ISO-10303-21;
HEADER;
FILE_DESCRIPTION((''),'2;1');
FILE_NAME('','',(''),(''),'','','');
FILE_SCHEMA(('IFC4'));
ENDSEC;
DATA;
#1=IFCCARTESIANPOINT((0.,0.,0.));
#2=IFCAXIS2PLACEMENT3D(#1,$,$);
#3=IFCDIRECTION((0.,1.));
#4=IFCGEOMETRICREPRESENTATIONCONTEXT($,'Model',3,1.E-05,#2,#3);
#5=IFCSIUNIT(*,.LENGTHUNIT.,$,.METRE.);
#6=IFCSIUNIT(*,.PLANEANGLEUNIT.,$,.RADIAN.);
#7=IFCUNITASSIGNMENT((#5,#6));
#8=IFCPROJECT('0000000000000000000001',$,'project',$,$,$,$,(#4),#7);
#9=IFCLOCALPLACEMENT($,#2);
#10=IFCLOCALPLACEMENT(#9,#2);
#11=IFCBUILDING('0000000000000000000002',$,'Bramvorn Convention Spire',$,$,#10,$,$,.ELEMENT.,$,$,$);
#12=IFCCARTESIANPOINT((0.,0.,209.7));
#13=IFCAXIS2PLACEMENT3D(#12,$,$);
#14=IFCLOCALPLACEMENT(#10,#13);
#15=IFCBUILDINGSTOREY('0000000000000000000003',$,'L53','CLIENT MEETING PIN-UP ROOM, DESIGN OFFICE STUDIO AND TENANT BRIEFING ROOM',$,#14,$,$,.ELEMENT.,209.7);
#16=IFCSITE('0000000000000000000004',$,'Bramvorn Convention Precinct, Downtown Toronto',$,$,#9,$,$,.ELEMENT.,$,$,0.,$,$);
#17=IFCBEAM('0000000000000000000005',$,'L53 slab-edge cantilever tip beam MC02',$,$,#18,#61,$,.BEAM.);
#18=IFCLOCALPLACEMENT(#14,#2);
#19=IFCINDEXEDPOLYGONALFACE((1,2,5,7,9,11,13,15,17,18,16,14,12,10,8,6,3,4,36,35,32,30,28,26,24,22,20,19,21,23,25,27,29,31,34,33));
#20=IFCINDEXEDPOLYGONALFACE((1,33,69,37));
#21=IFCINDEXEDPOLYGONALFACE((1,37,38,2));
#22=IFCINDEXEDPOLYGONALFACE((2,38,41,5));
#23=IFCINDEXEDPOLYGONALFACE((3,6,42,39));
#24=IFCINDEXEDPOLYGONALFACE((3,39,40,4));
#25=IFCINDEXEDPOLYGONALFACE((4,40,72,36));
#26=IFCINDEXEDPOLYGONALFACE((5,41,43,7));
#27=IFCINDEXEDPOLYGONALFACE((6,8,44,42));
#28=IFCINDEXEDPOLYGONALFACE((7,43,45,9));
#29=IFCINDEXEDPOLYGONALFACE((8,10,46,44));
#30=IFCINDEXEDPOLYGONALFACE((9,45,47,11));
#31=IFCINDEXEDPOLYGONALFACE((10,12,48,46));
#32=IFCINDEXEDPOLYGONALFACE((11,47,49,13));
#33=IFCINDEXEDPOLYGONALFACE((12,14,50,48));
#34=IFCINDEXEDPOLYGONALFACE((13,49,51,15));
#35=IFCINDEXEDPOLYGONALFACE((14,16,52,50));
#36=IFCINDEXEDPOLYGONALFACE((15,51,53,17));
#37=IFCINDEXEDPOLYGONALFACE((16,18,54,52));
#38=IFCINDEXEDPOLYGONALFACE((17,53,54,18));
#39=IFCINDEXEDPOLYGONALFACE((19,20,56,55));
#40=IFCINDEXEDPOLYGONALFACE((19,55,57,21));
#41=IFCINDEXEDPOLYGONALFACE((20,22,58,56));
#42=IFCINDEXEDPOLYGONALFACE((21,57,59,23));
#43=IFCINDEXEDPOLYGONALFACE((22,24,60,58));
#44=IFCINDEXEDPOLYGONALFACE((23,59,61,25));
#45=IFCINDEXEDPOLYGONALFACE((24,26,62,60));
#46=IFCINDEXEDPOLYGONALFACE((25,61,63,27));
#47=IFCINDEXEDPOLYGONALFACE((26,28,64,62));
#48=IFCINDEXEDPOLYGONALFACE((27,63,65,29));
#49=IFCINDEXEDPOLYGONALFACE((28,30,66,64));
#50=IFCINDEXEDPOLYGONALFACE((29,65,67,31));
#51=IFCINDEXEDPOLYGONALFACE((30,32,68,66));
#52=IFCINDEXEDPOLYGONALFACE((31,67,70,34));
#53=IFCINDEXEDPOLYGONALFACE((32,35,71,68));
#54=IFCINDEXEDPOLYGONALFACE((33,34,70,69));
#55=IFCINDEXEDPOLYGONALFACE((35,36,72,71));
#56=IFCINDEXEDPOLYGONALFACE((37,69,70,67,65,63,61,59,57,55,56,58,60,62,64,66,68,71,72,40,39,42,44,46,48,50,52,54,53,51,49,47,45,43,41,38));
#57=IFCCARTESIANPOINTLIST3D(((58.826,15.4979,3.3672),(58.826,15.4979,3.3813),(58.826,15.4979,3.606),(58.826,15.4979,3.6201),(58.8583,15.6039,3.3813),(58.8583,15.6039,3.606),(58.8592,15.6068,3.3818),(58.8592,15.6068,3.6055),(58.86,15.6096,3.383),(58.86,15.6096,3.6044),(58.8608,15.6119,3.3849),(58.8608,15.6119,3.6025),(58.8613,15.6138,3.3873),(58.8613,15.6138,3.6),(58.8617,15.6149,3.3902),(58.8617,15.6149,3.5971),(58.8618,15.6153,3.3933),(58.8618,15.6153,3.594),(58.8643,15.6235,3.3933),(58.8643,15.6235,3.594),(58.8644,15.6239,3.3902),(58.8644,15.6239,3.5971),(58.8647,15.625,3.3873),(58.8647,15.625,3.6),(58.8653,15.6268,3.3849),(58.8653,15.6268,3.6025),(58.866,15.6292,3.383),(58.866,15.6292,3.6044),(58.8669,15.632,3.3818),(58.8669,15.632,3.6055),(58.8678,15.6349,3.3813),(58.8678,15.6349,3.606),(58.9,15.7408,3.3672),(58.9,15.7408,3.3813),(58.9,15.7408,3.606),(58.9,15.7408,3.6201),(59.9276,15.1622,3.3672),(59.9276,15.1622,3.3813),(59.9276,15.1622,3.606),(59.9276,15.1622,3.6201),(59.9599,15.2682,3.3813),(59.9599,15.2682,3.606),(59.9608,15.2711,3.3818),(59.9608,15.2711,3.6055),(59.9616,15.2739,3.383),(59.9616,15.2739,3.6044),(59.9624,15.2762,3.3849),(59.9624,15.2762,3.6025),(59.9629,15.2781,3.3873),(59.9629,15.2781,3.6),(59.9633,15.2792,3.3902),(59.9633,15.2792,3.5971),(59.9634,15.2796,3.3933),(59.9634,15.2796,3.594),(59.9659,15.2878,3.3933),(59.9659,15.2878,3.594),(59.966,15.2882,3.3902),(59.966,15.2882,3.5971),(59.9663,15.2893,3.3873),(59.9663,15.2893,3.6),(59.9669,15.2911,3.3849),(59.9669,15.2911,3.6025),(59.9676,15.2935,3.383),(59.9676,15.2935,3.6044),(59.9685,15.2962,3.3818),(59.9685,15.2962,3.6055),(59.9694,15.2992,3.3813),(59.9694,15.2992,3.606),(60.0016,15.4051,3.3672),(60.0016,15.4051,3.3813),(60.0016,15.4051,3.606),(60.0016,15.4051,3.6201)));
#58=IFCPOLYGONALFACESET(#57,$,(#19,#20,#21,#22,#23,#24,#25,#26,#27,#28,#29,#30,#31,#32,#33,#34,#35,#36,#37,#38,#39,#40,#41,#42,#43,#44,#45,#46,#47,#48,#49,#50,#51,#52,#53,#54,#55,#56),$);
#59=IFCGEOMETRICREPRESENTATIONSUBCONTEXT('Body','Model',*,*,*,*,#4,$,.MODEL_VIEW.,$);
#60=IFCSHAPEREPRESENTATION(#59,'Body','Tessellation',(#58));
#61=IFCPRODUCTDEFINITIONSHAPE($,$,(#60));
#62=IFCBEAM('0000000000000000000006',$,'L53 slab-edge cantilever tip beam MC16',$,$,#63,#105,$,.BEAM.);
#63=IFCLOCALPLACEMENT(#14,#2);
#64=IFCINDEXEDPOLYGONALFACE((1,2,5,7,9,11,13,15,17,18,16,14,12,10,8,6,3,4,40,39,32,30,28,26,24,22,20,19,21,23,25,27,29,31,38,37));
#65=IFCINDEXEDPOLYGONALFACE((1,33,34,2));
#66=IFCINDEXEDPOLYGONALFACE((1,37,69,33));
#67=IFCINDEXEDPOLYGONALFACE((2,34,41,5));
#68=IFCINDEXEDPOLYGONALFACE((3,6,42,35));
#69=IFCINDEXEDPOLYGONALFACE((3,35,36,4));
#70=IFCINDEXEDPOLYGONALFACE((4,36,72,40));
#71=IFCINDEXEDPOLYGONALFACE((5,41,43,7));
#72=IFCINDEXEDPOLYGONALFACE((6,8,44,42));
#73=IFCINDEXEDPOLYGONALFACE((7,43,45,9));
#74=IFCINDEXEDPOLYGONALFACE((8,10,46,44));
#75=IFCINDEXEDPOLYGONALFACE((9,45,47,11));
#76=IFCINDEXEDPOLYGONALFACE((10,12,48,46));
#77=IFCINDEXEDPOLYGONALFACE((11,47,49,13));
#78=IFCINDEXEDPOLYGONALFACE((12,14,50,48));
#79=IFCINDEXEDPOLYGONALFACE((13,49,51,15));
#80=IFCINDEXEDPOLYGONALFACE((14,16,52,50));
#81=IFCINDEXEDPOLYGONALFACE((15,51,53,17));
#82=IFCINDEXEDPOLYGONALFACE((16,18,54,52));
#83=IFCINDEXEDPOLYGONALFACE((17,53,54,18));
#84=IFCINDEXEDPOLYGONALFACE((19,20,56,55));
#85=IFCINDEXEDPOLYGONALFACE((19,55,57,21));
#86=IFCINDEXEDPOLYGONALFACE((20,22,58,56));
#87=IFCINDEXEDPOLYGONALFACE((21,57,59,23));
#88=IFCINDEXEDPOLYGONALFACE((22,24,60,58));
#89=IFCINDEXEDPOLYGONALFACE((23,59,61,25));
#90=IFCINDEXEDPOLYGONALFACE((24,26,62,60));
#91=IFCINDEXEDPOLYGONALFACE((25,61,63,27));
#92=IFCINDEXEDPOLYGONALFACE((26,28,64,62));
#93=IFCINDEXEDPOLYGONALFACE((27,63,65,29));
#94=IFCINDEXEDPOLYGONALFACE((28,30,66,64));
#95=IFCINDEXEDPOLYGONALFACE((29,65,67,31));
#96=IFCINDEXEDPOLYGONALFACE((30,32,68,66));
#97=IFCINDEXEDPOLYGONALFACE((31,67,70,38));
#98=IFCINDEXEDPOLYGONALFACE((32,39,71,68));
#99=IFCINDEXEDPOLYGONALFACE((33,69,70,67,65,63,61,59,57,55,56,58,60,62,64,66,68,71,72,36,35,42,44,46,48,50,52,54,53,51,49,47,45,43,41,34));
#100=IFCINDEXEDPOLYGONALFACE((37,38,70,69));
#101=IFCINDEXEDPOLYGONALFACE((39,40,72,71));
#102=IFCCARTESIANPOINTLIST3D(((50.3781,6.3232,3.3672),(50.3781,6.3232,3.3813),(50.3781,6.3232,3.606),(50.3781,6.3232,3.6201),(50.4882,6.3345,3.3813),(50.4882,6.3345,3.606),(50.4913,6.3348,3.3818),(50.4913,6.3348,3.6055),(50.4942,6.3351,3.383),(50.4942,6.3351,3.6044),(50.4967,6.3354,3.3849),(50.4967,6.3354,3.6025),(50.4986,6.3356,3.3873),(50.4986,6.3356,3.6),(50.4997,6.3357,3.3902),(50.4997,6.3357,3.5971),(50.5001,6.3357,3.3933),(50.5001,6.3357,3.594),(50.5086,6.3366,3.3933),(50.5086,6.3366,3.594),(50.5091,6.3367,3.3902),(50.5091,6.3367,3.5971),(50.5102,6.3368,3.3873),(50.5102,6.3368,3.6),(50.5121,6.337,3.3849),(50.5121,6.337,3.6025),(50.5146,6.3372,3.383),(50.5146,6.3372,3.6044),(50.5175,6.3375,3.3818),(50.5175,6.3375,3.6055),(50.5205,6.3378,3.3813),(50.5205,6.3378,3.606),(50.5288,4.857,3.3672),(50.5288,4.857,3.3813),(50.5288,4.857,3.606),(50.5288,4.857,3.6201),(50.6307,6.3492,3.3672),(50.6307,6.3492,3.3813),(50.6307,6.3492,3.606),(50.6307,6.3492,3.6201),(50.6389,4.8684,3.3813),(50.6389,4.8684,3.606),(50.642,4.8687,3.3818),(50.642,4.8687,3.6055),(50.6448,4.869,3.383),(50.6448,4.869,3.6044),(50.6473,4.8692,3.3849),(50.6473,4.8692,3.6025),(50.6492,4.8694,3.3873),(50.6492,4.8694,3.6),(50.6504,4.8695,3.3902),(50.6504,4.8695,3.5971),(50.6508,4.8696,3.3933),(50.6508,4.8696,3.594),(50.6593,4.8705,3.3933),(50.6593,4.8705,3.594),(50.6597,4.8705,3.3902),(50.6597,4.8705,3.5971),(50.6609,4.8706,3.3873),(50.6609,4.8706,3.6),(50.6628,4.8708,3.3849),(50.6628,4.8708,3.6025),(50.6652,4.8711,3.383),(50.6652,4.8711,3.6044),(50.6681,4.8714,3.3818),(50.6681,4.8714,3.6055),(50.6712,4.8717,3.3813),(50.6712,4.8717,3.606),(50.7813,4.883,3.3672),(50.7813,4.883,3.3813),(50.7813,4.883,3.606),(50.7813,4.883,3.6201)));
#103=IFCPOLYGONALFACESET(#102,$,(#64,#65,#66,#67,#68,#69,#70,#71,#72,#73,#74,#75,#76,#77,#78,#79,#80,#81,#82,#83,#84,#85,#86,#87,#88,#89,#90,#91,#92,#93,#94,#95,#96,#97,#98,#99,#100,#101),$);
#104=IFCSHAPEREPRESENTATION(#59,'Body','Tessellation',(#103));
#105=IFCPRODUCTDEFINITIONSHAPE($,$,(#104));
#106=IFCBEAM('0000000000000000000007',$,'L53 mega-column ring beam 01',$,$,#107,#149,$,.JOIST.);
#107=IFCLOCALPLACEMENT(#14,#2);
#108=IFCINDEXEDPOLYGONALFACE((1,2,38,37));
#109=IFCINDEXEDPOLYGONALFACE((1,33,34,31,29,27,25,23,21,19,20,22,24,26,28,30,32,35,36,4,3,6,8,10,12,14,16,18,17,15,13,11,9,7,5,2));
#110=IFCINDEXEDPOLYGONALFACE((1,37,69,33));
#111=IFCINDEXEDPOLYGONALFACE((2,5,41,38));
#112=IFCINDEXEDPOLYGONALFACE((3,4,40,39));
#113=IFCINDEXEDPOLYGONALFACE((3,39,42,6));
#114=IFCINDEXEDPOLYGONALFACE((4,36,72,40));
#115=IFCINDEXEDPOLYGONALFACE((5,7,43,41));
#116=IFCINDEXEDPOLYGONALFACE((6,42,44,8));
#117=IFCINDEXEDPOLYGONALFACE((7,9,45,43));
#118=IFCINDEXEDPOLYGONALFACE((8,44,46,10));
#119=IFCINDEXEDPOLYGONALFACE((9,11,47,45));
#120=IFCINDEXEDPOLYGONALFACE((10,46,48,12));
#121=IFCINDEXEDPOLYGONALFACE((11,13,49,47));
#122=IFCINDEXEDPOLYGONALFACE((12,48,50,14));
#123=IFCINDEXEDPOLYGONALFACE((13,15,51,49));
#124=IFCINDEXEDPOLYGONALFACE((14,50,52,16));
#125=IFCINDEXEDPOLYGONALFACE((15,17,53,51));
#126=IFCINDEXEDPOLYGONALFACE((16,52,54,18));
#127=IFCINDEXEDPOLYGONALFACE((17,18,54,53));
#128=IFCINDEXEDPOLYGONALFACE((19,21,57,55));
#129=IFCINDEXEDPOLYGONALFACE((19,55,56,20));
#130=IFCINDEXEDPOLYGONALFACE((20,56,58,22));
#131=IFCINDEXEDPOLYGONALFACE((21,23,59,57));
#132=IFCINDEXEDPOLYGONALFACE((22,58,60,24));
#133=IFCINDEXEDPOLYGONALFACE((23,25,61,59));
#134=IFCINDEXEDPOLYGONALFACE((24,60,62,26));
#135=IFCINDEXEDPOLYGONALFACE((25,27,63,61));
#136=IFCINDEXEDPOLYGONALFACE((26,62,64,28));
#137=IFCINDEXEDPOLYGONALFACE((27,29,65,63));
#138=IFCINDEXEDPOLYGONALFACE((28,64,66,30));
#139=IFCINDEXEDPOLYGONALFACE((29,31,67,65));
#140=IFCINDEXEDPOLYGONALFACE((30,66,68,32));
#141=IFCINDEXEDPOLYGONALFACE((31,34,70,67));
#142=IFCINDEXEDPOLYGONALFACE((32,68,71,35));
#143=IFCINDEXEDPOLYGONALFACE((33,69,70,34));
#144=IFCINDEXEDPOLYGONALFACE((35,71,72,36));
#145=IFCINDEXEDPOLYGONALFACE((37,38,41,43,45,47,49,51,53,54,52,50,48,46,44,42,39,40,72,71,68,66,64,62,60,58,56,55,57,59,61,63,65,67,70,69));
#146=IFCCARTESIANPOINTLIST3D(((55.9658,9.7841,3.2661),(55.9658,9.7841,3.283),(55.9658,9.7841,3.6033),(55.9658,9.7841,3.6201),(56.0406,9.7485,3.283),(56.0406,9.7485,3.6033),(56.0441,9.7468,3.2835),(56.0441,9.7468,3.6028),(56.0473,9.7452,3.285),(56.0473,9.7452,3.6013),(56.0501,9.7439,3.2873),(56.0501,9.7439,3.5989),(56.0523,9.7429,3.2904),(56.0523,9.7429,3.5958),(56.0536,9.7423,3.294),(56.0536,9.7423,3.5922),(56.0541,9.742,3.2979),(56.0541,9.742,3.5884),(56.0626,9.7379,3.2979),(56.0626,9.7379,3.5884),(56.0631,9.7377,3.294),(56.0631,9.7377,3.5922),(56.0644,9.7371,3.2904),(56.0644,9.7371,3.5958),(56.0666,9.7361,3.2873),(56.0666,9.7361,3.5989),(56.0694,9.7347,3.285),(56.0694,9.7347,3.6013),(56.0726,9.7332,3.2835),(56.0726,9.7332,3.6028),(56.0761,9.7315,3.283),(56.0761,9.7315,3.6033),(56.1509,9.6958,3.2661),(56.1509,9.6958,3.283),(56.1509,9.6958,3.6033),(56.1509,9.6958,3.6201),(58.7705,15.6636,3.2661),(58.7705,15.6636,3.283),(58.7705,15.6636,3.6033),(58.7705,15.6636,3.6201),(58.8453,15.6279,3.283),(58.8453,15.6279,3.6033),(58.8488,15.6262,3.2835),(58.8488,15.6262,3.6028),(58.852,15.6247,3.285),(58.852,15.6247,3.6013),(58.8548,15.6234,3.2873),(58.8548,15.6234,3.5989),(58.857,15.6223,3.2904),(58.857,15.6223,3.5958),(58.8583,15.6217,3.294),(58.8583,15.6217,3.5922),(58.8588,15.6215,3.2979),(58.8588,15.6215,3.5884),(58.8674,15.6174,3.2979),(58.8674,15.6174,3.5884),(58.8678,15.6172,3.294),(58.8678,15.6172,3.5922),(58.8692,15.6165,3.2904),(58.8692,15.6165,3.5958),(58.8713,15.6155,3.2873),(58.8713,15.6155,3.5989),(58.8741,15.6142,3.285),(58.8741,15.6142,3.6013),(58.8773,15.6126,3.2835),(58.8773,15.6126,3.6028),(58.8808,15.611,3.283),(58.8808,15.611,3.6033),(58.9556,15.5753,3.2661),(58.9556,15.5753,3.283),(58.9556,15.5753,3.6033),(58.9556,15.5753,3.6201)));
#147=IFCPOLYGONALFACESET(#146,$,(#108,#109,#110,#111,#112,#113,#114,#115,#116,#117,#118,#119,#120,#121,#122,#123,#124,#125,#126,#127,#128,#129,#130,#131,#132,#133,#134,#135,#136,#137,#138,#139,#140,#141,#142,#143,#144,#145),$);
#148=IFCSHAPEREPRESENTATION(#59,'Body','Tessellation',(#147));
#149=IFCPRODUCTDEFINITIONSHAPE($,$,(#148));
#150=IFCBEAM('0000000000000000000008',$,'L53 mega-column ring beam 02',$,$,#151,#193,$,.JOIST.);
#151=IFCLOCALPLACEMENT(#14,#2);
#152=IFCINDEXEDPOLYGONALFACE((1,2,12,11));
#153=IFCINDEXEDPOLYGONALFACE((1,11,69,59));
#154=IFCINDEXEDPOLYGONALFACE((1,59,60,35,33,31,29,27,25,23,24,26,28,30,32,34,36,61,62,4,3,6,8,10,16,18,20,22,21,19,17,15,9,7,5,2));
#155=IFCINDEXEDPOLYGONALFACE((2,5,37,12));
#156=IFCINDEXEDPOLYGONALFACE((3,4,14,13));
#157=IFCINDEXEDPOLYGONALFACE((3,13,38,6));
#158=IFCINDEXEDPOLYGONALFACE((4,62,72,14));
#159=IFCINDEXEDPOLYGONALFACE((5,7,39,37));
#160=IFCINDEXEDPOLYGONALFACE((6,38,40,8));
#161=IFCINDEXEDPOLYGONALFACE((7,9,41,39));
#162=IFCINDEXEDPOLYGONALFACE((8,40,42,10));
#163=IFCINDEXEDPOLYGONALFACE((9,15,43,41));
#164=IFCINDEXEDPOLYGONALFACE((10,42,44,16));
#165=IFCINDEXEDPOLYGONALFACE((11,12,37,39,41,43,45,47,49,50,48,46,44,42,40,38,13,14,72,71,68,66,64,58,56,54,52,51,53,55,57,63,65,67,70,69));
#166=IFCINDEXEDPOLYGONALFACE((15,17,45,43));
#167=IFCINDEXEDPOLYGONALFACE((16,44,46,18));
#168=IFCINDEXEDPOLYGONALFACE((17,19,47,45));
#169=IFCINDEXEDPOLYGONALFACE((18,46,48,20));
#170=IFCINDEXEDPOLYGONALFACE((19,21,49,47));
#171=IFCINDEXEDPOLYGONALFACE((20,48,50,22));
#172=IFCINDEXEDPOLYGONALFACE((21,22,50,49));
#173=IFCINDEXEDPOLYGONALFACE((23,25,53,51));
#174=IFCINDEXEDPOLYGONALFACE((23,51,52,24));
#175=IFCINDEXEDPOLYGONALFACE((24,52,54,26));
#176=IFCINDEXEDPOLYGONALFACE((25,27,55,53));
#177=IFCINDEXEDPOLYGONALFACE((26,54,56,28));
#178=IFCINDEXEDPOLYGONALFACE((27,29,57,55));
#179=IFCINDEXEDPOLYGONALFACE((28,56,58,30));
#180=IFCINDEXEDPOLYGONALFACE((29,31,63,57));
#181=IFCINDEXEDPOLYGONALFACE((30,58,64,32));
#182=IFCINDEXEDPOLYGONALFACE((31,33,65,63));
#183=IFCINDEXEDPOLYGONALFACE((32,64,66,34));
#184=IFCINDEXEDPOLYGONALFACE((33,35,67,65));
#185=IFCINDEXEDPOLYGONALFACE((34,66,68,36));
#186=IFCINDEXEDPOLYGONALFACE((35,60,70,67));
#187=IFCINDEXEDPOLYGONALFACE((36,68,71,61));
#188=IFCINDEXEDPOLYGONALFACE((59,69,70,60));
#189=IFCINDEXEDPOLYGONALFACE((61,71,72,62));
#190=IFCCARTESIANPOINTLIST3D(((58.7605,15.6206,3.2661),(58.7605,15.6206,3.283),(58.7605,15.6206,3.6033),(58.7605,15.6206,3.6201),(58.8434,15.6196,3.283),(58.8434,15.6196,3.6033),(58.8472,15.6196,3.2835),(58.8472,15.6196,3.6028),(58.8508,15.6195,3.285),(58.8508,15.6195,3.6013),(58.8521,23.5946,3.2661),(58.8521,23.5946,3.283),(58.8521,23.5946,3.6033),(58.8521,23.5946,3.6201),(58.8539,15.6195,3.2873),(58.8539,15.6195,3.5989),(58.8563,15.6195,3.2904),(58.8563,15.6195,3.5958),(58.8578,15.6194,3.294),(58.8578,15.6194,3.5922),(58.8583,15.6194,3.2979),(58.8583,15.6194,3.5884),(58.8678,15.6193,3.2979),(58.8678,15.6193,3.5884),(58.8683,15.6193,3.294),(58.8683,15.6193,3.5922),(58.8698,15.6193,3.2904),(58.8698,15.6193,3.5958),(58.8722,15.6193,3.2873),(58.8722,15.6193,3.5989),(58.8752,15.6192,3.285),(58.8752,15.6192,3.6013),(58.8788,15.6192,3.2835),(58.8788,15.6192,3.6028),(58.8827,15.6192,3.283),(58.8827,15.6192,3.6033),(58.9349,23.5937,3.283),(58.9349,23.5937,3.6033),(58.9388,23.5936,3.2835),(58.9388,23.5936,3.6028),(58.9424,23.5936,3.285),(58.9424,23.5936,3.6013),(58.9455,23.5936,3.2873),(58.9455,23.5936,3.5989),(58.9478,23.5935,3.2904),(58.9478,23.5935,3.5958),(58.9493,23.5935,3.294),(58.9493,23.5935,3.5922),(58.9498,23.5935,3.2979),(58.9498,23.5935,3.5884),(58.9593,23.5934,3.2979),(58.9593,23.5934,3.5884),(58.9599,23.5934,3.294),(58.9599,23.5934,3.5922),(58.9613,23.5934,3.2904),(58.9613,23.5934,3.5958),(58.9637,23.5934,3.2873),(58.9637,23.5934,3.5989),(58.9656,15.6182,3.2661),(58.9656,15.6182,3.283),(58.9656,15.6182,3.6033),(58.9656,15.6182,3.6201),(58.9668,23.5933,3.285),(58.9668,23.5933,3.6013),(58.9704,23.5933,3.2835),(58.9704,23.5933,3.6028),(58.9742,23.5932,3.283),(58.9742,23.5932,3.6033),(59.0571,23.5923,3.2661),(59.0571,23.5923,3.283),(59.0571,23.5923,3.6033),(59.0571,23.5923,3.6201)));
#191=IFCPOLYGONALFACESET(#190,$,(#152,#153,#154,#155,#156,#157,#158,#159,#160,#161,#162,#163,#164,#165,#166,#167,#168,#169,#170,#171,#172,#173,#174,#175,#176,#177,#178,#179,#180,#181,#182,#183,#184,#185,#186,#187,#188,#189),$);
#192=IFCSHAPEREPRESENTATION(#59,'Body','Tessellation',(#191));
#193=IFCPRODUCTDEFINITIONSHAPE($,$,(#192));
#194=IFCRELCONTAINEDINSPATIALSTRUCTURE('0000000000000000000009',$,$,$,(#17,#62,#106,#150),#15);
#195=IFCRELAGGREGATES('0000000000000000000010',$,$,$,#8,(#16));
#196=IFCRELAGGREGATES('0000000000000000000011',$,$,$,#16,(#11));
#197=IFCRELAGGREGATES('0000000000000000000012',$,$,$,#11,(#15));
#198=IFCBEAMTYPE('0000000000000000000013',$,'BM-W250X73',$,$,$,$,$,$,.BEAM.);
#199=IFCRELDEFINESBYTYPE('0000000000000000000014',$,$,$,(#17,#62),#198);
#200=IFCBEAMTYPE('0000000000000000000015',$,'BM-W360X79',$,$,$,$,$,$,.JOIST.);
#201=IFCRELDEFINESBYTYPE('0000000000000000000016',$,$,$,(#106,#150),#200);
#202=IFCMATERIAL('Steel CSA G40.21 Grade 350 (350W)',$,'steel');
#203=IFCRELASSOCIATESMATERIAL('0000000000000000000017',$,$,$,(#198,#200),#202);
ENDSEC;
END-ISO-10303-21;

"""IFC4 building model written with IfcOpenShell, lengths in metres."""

from ifc_helpers import new_model, si_unit, direction, frame, origin, origin_2d, place, context, subcontext, project, spatial, i_section, extrude, material, material_profile, profile_set, type_object, element, save


model = new_model("IFC4")

# Units and contexts
model_context = context("Model", 3, precision=1e-05, world=origin(), true_north=direction((0.0, 1.0)))
body_context = subcontext(model_context, "Body", "Model", "MODEL_VIEW")
ifc_project = project(units=[si_unit("LENGTHUNIT", "METRE"), si_unit("PLANEANGLEUNIT", "RADIAN")], contexts=[model_context])

# Site, building, storey
site_placement = place(None, origin())
site = spatial("IfcSite", under=ifc_project, at=site_placement, Name="Bramvorn Convention Precinct, Downtown Toronto", CompositionType="ELEMENT", RefElevation=0.0)
building_placement = place(site_placement, origin())
building = spatial("IfcBuilding", under=site, at=building_placement, Name="Bramvorn Convention Spire", CompositionType="ELEMENT")
storey_placement = place(building_placement, frame((0.0, 0.0, 209.7)))
storey = spatial("IfcBuildingStorey", under=building, at=storey_placement, Name="L53", Description="CLIENT MEETING PIN-UP ROOM, DESIGN OFFICE STUDIO AND TENANT BRIEFING ROOM", CompositionType="ELEMENT", Elevation=209.7)

# Shared definitions
ifc_material_1 = material(Name="Steel CSA G40.21 Grade 350 (350W)", Category="steel")

# Beams
ifc_material_profile_1 = material_profile(ifc_material_1, i_section(OverallWidth=0.2539, OverallDepth=0.2529, WebThickness=0.0085, FlangeThickness=0.0142, FilletRadius=0.012, at=origin_2d()))
ifc_profile_set_1 = profile_set([ifc_material_profile_1], Name="Steel CSA G40.21 Grade 350 (350W) - W250X73")
beam_type_1 = type_object("IfcBeamType", Name="BM-W250X73", PredefinedType="BEAM", material=ifc_profile_set_1)
beam_1_placement = place(storey_placement, frame((58.863, 15.6194, 3.4937), z_axis=(0.956569, -0.291507, 0.0), x_axis=(0.291507, 0.956569, 0.0)))
element("IfcBeam", 1, at=beam_1_placement, inside=storey, type_object=beam_type_1, Name="L53 slab-edge cantilever tip beam MC02", PredefinedType="BEAM", context=body_context, shape_type="SweptSolid", body=[
    extrude(i_section(OverallWidth=0.2539, OverallDepth=0.2529, WebThickness=0.0085, FlangeThickness=0.0142, FilletRadius=0.012, at=origin_2d()), origin(), (0.0, 0.0, 1.0), 1.1516),
])
beam_2_placement = place(storey_placement, frame((50.5044, 6.3362, 3.4937), z_axis=(0.10221, -0.994763, 0.0), x_axis=(0.994763, 0.10221, 0.0)))
element("IfcBeam", 2, at=beam_2_placement, inside=storey, type_object=beam_type_1, Name="L53 slab-edge cantilever tip beam MC16", PredefinedType="BEAM", context=body_context, shape_type="SweptSolid", body=[
    extrude(i_section(OverallWidth=0.2539, OverallDepth=0.2529, WebThickness=0.0085, FlangeThickness=0.0142, FilletRadius=0.012, at=origin_2d()), origin(), (0.0, 0.0, 1.0), 1.4739),
])
ifc_material_profile_2 = material_profile(ifc_material_1, i_section(OverallWidth=0.2051, OverallDepth=0.354, WebThickness=0.0095, FlangeThickness=0.0168, FilletRadius=0.0149, at=origin_2d()))
ifc_profile_set_2 = profile_set([ifc_material_profile_2], Name="Steel CSA G40.21 Grade 350 (350W) - W360X79")
beam_type_2 = type_object("IfcBeamType", Name="BM-W360X79", PredefinedType="JOIST", material=ifc_profile_set_2)
beam_3_placement = place(storey_placement, frame((56.0583, 9.74, 3.4431), z_axis=(0.430556, 0.902564, 0.0), x_axis=(-0.902564, 0.430556, 0.0)))
element("IfcBeam", 3, at=beam_3_placement, inside=storey, type_object=beam_type_2, Name="L53 mega-column ring beam 01", PredefinedType="JOIST", context=body_context, shape_type="SweptSolid", body=[
    extrude(i_section(OverallWidth=0.2051, OverallDepth=0.354, WebThickness=0.0095, FlangeThickness=0.0168, FilletRadius=0.0149, at=origin_2d()), origin(), (0.0, 0.0, 1.0), 6.5142),
])
beam_4_placement = place(storey_placement, frame((58.863, 15.6194, 3.4431), z_axis=(0.01148, 0.999934, 0.0), x_axis=(-0.999934, 0.01148, 0.0)))
element("IfcBeam", 4, at=beam_4_placement, inside=storey, type_object=beam_type_2, Name="L53 mega-column ring beam 02", PredefinedType="JOIST", context=body_context, shape_type="SweptSolid", body=[
    extrude(i_section(OverallWidth=0.2051, OverallDepth=0.354, WebThickness=0.0095, FlangeThickness=0.0168, FilletRadius=0.0149, at=origin_2d()), origin(), (0.0, 0.0, 1.0), 7.9746),
])

save(model, "model.ifc")
